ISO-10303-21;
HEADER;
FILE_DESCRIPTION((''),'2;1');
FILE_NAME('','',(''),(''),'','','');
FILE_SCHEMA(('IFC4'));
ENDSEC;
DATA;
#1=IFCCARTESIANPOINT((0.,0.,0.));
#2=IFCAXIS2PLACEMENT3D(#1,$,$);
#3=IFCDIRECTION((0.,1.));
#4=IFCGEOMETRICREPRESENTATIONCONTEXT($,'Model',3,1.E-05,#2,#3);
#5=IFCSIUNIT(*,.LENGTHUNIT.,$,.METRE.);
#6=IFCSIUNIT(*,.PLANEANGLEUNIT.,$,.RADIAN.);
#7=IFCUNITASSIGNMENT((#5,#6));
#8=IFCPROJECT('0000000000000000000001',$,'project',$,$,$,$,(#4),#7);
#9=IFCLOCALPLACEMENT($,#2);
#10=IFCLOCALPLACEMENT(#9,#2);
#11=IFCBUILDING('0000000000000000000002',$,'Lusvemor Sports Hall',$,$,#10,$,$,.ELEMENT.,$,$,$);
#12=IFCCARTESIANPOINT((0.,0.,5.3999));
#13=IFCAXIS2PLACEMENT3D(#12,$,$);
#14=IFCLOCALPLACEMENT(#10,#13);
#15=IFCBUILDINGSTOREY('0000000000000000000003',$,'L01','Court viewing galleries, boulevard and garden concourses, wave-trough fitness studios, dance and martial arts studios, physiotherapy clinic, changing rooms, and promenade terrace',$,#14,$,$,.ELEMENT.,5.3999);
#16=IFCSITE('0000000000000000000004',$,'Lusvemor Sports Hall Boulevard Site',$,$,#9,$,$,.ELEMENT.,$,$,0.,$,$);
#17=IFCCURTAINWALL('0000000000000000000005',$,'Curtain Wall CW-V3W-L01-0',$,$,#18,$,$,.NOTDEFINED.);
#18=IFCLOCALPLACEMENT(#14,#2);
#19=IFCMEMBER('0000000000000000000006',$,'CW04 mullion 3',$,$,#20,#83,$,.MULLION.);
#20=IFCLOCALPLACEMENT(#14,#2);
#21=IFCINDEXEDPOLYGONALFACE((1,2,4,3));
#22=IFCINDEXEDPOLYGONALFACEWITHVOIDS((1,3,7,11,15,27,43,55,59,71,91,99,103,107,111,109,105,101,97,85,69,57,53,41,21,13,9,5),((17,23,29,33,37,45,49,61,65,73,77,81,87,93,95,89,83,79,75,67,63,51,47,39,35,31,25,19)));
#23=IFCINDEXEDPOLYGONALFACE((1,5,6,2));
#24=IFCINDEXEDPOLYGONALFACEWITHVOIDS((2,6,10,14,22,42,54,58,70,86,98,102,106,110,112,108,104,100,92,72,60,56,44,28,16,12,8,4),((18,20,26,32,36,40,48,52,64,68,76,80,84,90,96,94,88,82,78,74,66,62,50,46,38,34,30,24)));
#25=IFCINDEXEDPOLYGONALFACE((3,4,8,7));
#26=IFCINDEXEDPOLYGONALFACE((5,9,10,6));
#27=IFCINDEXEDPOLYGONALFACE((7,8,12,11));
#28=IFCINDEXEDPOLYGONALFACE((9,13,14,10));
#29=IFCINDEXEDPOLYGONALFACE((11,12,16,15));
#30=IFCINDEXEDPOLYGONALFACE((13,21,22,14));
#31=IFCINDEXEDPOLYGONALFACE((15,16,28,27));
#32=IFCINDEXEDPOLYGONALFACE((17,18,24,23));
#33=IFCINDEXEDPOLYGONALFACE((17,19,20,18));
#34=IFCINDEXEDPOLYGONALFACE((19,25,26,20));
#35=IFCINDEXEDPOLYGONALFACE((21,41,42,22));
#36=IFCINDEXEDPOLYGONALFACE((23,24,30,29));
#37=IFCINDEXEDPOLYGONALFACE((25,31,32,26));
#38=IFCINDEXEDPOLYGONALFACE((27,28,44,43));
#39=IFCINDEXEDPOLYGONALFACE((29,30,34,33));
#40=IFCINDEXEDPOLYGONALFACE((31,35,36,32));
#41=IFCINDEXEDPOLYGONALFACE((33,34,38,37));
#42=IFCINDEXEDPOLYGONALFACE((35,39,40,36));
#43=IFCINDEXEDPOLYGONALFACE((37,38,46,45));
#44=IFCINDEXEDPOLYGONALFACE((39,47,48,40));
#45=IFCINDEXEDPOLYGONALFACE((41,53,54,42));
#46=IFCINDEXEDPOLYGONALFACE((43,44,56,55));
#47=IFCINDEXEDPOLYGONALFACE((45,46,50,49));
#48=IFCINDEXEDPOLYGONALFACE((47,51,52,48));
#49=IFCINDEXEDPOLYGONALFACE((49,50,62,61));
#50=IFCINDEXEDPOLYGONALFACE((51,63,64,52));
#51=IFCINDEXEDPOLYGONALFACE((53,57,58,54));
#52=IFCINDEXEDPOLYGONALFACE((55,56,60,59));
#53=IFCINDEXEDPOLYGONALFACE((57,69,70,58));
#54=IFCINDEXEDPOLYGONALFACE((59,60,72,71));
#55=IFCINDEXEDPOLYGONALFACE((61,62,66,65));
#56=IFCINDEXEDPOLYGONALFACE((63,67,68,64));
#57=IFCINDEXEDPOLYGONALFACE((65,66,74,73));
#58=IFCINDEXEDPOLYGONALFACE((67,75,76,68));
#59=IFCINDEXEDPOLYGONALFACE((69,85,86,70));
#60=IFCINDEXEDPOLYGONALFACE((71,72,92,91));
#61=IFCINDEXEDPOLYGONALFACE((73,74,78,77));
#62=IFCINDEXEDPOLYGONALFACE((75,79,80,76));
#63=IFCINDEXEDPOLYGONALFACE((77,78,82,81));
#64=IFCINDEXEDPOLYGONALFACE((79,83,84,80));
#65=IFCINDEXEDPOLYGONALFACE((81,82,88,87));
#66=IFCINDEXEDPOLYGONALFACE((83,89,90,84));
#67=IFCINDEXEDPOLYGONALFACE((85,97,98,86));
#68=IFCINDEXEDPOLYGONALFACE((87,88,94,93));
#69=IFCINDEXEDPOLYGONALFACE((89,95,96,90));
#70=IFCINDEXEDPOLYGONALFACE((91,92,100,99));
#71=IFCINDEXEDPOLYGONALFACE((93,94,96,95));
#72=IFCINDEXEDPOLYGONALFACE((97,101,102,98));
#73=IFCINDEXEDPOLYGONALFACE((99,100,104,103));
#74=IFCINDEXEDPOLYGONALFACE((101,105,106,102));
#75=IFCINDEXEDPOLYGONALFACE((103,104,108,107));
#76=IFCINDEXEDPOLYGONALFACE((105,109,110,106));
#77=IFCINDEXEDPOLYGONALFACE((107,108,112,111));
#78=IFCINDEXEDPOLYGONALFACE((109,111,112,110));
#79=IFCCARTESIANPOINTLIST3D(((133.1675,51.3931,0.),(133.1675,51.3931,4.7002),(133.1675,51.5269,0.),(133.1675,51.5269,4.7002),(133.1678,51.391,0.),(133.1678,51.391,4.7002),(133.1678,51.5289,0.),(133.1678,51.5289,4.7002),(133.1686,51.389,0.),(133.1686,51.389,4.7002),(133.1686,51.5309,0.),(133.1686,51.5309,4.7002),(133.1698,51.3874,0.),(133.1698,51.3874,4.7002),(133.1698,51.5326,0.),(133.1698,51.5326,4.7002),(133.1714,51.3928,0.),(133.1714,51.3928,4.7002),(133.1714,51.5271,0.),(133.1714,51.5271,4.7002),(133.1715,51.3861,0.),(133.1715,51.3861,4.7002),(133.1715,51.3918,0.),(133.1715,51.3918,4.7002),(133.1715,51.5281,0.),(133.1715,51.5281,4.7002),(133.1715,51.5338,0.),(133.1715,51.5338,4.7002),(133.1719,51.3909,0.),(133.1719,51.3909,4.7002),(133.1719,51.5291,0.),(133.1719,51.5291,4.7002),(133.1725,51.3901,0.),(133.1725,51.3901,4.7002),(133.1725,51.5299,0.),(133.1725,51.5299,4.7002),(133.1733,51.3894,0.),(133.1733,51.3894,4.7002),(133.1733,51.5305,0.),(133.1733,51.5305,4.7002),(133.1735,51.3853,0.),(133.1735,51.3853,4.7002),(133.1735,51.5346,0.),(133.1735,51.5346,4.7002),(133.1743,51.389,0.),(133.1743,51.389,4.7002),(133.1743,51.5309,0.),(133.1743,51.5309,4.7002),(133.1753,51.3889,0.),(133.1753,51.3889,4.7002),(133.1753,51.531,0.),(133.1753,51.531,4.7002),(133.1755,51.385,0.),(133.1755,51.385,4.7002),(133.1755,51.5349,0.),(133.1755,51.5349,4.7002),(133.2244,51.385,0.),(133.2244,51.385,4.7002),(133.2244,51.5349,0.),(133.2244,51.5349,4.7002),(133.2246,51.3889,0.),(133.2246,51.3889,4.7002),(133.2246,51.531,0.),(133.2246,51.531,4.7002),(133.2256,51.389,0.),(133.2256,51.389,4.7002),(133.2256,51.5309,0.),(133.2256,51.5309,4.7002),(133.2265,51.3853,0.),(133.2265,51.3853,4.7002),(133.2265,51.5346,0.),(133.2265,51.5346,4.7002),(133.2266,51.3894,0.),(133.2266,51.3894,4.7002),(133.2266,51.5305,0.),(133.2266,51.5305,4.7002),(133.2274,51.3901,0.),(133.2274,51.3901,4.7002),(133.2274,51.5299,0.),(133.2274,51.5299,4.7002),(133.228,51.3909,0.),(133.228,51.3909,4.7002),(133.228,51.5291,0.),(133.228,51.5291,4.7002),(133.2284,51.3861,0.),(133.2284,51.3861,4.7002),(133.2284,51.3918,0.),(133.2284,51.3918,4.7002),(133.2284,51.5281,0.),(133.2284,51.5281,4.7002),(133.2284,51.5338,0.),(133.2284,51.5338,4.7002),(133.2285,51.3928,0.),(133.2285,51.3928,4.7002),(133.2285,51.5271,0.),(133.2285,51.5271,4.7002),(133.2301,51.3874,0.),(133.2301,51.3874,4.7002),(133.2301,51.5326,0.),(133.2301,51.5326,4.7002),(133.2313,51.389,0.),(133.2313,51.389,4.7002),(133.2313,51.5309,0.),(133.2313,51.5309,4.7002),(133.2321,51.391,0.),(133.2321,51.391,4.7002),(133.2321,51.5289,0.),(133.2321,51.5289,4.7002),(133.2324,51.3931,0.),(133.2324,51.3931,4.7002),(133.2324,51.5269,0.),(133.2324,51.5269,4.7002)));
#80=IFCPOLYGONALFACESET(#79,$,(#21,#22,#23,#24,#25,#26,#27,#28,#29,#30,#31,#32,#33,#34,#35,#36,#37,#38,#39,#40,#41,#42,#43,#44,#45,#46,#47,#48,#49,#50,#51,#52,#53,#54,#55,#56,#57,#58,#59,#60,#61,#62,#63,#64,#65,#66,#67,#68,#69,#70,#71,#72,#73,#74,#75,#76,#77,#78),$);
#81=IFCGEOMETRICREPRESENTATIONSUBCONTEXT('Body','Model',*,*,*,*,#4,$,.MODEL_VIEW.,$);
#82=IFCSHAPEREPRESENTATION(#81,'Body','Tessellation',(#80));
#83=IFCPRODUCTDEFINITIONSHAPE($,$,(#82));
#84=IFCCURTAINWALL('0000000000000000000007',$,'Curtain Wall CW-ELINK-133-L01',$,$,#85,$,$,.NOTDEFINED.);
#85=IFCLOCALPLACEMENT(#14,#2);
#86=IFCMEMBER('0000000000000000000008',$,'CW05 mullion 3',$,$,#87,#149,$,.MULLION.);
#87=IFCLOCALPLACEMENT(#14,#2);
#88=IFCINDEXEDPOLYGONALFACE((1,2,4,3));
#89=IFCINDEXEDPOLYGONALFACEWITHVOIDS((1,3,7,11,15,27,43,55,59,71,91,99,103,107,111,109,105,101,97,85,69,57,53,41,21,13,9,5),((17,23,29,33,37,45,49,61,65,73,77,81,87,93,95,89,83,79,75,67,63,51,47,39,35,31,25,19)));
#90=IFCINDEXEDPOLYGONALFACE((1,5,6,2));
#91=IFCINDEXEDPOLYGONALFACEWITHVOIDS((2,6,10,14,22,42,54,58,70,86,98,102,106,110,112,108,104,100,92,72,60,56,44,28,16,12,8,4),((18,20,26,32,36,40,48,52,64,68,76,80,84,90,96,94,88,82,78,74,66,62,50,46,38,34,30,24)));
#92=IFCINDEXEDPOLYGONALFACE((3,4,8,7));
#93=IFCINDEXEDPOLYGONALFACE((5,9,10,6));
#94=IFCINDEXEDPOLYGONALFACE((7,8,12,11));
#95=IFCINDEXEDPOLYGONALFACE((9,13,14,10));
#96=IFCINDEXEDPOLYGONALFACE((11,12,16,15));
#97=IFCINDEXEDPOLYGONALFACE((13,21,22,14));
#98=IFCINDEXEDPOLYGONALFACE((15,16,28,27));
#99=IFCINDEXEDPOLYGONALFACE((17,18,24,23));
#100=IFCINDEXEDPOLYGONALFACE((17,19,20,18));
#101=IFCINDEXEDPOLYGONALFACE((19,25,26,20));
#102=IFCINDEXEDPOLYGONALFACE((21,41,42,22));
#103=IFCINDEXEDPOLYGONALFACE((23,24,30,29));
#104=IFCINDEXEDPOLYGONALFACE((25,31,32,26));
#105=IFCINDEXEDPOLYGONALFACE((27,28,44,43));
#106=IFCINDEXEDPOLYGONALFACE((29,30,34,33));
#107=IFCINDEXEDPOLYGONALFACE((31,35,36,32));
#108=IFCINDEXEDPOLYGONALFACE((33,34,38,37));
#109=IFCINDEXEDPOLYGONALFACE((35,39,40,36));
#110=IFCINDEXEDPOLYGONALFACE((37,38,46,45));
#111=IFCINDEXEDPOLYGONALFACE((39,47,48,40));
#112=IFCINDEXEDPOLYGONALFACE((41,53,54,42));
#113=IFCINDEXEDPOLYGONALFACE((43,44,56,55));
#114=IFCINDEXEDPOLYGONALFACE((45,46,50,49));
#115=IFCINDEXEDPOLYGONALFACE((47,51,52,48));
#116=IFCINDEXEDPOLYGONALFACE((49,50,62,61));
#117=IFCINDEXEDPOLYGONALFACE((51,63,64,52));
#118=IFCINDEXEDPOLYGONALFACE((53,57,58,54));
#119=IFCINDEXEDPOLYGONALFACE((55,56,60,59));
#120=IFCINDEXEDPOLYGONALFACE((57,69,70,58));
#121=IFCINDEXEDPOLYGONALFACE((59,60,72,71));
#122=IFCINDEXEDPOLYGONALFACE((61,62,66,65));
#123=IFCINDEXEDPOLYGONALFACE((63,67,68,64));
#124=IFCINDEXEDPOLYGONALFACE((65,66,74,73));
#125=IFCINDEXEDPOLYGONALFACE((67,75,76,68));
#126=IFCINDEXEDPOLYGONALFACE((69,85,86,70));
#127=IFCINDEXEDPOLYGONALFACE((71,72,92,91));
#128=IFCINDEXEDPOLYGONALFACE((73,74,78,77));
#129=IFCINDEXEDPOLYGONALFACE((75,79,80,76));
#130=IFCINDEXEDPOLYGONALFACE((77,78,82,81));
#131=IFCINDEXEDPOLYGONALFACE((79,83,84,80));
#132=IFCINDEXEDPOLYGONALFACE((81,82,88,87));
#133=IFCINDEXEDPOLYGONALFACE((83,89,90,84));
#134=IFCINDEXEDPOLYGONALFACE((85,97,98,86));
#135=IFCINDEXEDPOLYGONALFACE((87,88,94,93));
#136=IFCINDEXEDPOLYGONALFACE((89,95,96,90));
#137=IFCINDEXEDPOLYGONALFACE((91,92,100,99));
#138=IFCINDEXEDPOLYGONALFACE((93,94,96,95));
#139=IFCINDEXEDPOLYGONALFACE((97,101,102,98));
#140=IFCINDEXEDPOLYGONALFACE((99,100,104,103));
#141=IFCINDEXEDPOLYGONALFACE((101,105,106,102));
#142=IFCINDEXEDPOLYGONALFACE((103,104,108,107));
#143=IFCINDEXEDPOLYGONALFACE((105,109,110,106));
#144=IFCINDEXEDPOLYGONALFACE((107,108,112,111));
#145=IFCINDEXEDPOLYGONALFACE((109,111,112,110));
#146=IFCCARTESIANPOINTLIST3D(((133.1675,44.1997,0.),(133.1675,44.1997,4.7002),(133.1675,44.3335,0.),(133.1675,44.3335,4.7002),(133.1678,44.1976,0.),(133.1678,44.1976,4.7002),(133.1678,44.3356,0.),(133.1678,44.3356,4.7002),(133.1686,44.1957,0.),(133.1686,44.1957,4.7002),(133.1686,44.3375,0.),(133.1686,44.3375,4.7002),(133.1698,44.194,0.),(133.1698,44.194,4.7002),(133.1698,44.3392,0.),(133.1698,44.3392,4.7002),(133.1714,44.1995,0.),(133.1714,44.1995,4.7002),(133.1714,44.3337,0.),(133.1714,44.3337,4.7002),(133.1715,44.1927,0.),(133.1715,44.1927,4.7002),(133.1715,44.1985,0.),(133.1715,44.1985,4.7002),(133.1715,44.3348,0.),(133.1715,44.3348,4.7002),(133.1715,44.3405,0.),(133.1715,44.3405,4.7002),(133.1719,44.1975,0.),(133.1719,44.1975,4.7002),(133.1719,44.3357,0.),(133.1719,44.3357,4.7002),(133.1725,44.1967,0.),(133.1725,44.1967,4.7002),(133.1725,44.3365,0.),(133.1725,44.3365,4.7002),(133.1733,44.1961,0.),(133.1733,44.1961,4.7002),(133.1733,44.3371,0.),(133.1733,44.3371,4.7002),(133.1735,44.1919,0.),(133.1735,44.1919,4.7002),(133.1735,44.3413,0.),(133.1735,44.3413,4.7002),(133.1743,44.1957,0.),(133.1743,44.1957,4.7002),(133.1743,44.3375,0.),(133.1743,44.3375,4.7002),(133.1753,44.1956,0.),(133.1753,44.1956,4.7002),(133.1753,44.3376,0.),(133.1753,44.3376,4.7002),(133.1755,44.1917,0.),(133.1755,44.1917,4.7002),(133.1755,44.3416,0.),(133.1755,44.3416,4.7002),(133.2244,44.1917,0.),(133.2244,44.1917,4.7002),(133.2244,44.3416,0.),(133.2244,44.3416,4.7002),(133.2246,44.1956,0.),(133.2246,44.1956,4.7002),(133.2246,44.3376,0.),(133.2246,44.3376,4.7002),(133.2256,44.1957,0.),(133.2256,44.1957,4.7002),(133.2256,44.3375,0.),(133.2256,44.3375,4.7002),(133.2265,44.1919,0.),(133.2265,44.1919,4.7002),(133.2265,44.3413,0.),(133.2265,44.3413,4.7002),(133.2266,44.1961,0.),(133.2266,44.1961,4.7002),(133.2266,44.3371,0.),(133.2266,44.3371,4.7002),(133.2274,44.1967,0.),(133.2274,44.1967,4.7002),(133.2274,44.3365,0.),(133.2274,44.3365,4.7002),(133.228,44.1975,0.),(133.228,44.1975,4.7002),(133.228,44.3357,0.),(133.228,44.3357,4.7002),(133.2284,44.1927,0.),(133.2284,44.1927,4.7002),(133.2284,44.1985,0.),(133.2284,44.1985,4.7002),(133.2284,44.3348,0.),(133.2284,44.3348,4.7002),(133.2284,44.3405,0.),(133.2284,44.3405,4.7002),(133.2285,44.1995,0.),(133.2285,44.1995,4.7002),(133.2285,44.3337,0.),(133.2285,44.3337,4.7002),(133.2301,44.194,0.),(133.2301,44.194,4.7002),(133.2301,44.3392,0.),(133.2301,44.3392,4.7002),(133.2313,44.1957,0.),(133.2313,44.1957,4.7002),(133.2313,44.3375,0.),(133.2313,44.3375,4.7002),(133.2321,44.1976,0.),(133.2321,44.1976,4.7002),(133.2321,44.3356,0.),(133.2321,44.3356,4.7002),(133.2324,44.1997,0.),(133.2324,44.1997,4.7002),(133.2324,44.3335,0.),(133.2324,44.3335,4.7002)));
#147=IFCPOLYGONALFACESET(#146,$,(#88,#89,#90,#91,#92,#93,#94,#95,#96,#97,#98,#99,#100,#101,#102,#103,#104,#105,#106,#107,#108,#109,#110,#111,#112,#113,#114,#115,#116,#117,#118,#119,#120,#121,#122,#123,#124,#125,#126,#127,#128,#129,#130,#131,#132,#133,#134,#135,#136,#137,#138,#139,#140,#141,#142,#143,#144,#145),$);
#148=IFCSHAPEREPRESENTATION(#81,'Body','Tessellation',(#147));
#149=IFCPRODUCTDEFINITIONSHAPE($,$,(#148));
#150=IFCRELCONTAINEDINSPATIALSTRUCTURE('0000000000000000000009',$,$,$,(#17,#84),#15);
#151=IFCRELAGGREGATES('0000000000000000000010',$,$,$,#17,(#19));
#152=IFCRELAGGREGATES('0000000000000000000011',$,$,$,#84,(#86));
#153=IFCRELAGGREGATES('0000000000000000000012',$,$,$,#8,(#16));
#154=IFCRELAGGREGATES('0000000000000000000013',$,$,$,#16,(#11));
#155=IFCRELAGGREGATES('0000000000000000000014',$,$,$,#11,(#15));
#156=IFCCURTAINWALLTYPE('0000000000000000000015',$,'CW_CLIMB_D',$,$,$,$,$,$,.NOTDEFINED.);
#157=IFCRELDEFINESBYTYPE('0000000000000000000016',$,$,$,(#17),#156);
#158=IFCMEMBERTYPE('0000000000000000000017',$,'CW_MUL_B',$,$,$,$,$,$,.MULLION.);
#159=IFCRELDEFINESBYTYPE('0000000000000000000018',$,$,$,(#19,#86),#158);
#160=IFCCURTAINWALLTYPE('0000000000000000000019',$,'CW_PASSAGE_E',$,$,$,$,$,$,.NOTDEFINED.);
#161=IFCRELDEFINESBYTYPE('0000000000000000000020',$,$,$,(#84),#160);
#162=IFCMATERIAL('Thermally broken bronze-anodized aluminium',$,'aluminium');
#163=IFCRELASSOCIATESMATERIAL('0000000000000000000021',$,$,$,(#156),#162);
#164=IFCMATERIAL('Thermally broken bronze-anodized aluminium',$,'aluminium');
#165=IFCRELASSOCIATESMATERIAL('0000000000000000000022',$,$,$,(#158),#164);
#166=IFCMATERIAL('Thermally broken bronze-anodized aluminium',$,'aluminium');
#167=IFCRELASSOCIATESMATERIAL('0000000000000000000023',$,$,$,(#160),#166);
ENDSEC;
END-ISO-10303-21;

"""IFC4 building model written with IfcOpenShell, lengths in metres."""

from ifc_helpers import new_model, si_unit, direction, frame, origin, origin_2d, place, context, subcontext, project, spatial, hollow_rectangle, extrude, material, material_profile, profile_set, type_object, element, aggregate, save


model = new_model("IFC4")

# Units and contexts
model_context = context("Model", 3, precision=1e-05, world=origin(), true_north=direction((0.0, 1.0)))
body_context = subcontext(model_context, "Body", "Model", "MODEL_VIEW")
ifc_project = project(units=[si_unit("LENGTHUNIT", "METRE"), si_unit("PLANEANGLEUNIT", "RADIAN")], contexts=[model_context])

# Site, building, storey
site_placement = place(None, origin())
site = spatial("IfcSite", under=ifc_project, at=site_placement, Name="Lusvemor Sports Hall Boulevard Site", CompositionType="ELEMENT", RefElevation=0.0)
building_placement = place(site_placement, origin())
building = spatial("IfcBuilding", under=site, at=building_placement, Name="Lusvemor Sports Hall", CompositionType="ELEMENT")
storey_placement = place(building_placement, frame((0.0, 0.0, 5.3999)))
storey = spatial("IfcBuildingStorey", under=building, at=storey_placement, Name="L01", Description="Court viewing galleries, boulevard and garden concourses, wave-trough fitness studios, dance and martial arts studios, physiotherapy clinic, changing rooms, and promenade terrace", CompositionType="ELEMENT", Elevation=5.3999)

# Curtain walls, members
ifc_material_1 = material(Name="Thermally broken bronze-anodized aluminium", Category="aluminium")
curtain_wall_type_1 = type_object("IfcCurtainWallType", Name="CW_CLIMB_D", PredefinedType="NOTDEFINED", material=ifc_material_1)
curtain_wall_1_placement = place(storey_placement, origin())
curtain_wall_1 = element("IfcCurtainWall", 1, at=curtain_wall_1_placement, inside=storey, type_object=curtain_wall_type_1, Name="Curtain Wall CW-V3W-L01-0", PredefinedType="NOTDEFINED")
ifc_material_2 = material(Name="Thermally broken bronze-anodized aluminium", Category="aluminium")
ifc_material_profile_1 = material_profile(ifc_material_2, hollow_rectangle(XDim=0.0649, YDim=0.1499, WallThickness=0.0039, InnerFilletRadius=0.0039, OuterFilletRadius=0.0081, at=origin_2d()), Name="CWMUL150x65x4")
ifc_profile_set_1 = profile_set([ifc_material_profile_1], Name="Thermally broken bronze-anodized aluminium")
member_type_1 = type_object("IfcMemberType", Name="CW_MUL_B", PredefinedType="MULLION", material=ifc_profile_set_1)
member_1_placement = place(storey_placement, frame((133.2, 51.46, 0.0), z_axis=(0.0, 0.0, 1.0), x_axis=(-1.0, 0.0, 0.0)))
member_1 = element("IfcMember", 2, at=member_1_placement, type_object=member_type_1, Name="CW04 mullion 3", PredefinedType="MULLION", context=body_context, shape_type="SweptSolid", body=[
    extrude(hollow_rectangle(XDim=0.0649, YDim=0.1499, WallThickness=0.0039, InnerFilletRadius=0.0039, OuterFilletRadius=0.0081, at=origin_2d()), origin(), (0.0, 0.0, 1.0), 4.7002),
])
ifc_material_3 = material(Name="Thermally broken bronze-anodized aluminium", Category="aluminium")
curtain_wall_type_2 = type_object("IfcCurtainWallType", Name="CW_PASSAGE_E", PredefinedType="NOTDEFINED", material=ifc_material_3)
curtain_wall_2_placement = place(storey_placement, origin())
curtain_wall_2 = element("IfcCurtainWall", 3, at=curtain_wall_2_placement, inside=storey, type_object=curtain_wall_type_2, Name="Curtain Wall CW-ELINK-133-L01", PredefinedType="NOTDEFINED")
member_2_placement = place(storey_placement, frame((133.2, 44.2666, 0.0), z_axis=(0.0, 0.0, 1.0), x_axis=(-1.0, 0.0, 0.0)))
member_2 = element("IfcMember", 4, at=member_2_placement, type_object=member_type_1, Name="CW05 mullion 3", PredefinedType="MULLION", context=body_context, shape_type="SweptSolid", body=[
    extrude(hollow_rectangle(XDim=0.0649, YDim=0.1499, WallThickness=0.0039, InnerFilletRadius=0.0039, OuterFilletRadius=0.0081, at=origin_2d()), origin(), (0.0, 0.0, 1.0), 4.7002),
])

aggregate(curtain_wall_1, [member_1])
aggregate(curtain_wall_2, [member_2])

save(model, "model.ifc")
